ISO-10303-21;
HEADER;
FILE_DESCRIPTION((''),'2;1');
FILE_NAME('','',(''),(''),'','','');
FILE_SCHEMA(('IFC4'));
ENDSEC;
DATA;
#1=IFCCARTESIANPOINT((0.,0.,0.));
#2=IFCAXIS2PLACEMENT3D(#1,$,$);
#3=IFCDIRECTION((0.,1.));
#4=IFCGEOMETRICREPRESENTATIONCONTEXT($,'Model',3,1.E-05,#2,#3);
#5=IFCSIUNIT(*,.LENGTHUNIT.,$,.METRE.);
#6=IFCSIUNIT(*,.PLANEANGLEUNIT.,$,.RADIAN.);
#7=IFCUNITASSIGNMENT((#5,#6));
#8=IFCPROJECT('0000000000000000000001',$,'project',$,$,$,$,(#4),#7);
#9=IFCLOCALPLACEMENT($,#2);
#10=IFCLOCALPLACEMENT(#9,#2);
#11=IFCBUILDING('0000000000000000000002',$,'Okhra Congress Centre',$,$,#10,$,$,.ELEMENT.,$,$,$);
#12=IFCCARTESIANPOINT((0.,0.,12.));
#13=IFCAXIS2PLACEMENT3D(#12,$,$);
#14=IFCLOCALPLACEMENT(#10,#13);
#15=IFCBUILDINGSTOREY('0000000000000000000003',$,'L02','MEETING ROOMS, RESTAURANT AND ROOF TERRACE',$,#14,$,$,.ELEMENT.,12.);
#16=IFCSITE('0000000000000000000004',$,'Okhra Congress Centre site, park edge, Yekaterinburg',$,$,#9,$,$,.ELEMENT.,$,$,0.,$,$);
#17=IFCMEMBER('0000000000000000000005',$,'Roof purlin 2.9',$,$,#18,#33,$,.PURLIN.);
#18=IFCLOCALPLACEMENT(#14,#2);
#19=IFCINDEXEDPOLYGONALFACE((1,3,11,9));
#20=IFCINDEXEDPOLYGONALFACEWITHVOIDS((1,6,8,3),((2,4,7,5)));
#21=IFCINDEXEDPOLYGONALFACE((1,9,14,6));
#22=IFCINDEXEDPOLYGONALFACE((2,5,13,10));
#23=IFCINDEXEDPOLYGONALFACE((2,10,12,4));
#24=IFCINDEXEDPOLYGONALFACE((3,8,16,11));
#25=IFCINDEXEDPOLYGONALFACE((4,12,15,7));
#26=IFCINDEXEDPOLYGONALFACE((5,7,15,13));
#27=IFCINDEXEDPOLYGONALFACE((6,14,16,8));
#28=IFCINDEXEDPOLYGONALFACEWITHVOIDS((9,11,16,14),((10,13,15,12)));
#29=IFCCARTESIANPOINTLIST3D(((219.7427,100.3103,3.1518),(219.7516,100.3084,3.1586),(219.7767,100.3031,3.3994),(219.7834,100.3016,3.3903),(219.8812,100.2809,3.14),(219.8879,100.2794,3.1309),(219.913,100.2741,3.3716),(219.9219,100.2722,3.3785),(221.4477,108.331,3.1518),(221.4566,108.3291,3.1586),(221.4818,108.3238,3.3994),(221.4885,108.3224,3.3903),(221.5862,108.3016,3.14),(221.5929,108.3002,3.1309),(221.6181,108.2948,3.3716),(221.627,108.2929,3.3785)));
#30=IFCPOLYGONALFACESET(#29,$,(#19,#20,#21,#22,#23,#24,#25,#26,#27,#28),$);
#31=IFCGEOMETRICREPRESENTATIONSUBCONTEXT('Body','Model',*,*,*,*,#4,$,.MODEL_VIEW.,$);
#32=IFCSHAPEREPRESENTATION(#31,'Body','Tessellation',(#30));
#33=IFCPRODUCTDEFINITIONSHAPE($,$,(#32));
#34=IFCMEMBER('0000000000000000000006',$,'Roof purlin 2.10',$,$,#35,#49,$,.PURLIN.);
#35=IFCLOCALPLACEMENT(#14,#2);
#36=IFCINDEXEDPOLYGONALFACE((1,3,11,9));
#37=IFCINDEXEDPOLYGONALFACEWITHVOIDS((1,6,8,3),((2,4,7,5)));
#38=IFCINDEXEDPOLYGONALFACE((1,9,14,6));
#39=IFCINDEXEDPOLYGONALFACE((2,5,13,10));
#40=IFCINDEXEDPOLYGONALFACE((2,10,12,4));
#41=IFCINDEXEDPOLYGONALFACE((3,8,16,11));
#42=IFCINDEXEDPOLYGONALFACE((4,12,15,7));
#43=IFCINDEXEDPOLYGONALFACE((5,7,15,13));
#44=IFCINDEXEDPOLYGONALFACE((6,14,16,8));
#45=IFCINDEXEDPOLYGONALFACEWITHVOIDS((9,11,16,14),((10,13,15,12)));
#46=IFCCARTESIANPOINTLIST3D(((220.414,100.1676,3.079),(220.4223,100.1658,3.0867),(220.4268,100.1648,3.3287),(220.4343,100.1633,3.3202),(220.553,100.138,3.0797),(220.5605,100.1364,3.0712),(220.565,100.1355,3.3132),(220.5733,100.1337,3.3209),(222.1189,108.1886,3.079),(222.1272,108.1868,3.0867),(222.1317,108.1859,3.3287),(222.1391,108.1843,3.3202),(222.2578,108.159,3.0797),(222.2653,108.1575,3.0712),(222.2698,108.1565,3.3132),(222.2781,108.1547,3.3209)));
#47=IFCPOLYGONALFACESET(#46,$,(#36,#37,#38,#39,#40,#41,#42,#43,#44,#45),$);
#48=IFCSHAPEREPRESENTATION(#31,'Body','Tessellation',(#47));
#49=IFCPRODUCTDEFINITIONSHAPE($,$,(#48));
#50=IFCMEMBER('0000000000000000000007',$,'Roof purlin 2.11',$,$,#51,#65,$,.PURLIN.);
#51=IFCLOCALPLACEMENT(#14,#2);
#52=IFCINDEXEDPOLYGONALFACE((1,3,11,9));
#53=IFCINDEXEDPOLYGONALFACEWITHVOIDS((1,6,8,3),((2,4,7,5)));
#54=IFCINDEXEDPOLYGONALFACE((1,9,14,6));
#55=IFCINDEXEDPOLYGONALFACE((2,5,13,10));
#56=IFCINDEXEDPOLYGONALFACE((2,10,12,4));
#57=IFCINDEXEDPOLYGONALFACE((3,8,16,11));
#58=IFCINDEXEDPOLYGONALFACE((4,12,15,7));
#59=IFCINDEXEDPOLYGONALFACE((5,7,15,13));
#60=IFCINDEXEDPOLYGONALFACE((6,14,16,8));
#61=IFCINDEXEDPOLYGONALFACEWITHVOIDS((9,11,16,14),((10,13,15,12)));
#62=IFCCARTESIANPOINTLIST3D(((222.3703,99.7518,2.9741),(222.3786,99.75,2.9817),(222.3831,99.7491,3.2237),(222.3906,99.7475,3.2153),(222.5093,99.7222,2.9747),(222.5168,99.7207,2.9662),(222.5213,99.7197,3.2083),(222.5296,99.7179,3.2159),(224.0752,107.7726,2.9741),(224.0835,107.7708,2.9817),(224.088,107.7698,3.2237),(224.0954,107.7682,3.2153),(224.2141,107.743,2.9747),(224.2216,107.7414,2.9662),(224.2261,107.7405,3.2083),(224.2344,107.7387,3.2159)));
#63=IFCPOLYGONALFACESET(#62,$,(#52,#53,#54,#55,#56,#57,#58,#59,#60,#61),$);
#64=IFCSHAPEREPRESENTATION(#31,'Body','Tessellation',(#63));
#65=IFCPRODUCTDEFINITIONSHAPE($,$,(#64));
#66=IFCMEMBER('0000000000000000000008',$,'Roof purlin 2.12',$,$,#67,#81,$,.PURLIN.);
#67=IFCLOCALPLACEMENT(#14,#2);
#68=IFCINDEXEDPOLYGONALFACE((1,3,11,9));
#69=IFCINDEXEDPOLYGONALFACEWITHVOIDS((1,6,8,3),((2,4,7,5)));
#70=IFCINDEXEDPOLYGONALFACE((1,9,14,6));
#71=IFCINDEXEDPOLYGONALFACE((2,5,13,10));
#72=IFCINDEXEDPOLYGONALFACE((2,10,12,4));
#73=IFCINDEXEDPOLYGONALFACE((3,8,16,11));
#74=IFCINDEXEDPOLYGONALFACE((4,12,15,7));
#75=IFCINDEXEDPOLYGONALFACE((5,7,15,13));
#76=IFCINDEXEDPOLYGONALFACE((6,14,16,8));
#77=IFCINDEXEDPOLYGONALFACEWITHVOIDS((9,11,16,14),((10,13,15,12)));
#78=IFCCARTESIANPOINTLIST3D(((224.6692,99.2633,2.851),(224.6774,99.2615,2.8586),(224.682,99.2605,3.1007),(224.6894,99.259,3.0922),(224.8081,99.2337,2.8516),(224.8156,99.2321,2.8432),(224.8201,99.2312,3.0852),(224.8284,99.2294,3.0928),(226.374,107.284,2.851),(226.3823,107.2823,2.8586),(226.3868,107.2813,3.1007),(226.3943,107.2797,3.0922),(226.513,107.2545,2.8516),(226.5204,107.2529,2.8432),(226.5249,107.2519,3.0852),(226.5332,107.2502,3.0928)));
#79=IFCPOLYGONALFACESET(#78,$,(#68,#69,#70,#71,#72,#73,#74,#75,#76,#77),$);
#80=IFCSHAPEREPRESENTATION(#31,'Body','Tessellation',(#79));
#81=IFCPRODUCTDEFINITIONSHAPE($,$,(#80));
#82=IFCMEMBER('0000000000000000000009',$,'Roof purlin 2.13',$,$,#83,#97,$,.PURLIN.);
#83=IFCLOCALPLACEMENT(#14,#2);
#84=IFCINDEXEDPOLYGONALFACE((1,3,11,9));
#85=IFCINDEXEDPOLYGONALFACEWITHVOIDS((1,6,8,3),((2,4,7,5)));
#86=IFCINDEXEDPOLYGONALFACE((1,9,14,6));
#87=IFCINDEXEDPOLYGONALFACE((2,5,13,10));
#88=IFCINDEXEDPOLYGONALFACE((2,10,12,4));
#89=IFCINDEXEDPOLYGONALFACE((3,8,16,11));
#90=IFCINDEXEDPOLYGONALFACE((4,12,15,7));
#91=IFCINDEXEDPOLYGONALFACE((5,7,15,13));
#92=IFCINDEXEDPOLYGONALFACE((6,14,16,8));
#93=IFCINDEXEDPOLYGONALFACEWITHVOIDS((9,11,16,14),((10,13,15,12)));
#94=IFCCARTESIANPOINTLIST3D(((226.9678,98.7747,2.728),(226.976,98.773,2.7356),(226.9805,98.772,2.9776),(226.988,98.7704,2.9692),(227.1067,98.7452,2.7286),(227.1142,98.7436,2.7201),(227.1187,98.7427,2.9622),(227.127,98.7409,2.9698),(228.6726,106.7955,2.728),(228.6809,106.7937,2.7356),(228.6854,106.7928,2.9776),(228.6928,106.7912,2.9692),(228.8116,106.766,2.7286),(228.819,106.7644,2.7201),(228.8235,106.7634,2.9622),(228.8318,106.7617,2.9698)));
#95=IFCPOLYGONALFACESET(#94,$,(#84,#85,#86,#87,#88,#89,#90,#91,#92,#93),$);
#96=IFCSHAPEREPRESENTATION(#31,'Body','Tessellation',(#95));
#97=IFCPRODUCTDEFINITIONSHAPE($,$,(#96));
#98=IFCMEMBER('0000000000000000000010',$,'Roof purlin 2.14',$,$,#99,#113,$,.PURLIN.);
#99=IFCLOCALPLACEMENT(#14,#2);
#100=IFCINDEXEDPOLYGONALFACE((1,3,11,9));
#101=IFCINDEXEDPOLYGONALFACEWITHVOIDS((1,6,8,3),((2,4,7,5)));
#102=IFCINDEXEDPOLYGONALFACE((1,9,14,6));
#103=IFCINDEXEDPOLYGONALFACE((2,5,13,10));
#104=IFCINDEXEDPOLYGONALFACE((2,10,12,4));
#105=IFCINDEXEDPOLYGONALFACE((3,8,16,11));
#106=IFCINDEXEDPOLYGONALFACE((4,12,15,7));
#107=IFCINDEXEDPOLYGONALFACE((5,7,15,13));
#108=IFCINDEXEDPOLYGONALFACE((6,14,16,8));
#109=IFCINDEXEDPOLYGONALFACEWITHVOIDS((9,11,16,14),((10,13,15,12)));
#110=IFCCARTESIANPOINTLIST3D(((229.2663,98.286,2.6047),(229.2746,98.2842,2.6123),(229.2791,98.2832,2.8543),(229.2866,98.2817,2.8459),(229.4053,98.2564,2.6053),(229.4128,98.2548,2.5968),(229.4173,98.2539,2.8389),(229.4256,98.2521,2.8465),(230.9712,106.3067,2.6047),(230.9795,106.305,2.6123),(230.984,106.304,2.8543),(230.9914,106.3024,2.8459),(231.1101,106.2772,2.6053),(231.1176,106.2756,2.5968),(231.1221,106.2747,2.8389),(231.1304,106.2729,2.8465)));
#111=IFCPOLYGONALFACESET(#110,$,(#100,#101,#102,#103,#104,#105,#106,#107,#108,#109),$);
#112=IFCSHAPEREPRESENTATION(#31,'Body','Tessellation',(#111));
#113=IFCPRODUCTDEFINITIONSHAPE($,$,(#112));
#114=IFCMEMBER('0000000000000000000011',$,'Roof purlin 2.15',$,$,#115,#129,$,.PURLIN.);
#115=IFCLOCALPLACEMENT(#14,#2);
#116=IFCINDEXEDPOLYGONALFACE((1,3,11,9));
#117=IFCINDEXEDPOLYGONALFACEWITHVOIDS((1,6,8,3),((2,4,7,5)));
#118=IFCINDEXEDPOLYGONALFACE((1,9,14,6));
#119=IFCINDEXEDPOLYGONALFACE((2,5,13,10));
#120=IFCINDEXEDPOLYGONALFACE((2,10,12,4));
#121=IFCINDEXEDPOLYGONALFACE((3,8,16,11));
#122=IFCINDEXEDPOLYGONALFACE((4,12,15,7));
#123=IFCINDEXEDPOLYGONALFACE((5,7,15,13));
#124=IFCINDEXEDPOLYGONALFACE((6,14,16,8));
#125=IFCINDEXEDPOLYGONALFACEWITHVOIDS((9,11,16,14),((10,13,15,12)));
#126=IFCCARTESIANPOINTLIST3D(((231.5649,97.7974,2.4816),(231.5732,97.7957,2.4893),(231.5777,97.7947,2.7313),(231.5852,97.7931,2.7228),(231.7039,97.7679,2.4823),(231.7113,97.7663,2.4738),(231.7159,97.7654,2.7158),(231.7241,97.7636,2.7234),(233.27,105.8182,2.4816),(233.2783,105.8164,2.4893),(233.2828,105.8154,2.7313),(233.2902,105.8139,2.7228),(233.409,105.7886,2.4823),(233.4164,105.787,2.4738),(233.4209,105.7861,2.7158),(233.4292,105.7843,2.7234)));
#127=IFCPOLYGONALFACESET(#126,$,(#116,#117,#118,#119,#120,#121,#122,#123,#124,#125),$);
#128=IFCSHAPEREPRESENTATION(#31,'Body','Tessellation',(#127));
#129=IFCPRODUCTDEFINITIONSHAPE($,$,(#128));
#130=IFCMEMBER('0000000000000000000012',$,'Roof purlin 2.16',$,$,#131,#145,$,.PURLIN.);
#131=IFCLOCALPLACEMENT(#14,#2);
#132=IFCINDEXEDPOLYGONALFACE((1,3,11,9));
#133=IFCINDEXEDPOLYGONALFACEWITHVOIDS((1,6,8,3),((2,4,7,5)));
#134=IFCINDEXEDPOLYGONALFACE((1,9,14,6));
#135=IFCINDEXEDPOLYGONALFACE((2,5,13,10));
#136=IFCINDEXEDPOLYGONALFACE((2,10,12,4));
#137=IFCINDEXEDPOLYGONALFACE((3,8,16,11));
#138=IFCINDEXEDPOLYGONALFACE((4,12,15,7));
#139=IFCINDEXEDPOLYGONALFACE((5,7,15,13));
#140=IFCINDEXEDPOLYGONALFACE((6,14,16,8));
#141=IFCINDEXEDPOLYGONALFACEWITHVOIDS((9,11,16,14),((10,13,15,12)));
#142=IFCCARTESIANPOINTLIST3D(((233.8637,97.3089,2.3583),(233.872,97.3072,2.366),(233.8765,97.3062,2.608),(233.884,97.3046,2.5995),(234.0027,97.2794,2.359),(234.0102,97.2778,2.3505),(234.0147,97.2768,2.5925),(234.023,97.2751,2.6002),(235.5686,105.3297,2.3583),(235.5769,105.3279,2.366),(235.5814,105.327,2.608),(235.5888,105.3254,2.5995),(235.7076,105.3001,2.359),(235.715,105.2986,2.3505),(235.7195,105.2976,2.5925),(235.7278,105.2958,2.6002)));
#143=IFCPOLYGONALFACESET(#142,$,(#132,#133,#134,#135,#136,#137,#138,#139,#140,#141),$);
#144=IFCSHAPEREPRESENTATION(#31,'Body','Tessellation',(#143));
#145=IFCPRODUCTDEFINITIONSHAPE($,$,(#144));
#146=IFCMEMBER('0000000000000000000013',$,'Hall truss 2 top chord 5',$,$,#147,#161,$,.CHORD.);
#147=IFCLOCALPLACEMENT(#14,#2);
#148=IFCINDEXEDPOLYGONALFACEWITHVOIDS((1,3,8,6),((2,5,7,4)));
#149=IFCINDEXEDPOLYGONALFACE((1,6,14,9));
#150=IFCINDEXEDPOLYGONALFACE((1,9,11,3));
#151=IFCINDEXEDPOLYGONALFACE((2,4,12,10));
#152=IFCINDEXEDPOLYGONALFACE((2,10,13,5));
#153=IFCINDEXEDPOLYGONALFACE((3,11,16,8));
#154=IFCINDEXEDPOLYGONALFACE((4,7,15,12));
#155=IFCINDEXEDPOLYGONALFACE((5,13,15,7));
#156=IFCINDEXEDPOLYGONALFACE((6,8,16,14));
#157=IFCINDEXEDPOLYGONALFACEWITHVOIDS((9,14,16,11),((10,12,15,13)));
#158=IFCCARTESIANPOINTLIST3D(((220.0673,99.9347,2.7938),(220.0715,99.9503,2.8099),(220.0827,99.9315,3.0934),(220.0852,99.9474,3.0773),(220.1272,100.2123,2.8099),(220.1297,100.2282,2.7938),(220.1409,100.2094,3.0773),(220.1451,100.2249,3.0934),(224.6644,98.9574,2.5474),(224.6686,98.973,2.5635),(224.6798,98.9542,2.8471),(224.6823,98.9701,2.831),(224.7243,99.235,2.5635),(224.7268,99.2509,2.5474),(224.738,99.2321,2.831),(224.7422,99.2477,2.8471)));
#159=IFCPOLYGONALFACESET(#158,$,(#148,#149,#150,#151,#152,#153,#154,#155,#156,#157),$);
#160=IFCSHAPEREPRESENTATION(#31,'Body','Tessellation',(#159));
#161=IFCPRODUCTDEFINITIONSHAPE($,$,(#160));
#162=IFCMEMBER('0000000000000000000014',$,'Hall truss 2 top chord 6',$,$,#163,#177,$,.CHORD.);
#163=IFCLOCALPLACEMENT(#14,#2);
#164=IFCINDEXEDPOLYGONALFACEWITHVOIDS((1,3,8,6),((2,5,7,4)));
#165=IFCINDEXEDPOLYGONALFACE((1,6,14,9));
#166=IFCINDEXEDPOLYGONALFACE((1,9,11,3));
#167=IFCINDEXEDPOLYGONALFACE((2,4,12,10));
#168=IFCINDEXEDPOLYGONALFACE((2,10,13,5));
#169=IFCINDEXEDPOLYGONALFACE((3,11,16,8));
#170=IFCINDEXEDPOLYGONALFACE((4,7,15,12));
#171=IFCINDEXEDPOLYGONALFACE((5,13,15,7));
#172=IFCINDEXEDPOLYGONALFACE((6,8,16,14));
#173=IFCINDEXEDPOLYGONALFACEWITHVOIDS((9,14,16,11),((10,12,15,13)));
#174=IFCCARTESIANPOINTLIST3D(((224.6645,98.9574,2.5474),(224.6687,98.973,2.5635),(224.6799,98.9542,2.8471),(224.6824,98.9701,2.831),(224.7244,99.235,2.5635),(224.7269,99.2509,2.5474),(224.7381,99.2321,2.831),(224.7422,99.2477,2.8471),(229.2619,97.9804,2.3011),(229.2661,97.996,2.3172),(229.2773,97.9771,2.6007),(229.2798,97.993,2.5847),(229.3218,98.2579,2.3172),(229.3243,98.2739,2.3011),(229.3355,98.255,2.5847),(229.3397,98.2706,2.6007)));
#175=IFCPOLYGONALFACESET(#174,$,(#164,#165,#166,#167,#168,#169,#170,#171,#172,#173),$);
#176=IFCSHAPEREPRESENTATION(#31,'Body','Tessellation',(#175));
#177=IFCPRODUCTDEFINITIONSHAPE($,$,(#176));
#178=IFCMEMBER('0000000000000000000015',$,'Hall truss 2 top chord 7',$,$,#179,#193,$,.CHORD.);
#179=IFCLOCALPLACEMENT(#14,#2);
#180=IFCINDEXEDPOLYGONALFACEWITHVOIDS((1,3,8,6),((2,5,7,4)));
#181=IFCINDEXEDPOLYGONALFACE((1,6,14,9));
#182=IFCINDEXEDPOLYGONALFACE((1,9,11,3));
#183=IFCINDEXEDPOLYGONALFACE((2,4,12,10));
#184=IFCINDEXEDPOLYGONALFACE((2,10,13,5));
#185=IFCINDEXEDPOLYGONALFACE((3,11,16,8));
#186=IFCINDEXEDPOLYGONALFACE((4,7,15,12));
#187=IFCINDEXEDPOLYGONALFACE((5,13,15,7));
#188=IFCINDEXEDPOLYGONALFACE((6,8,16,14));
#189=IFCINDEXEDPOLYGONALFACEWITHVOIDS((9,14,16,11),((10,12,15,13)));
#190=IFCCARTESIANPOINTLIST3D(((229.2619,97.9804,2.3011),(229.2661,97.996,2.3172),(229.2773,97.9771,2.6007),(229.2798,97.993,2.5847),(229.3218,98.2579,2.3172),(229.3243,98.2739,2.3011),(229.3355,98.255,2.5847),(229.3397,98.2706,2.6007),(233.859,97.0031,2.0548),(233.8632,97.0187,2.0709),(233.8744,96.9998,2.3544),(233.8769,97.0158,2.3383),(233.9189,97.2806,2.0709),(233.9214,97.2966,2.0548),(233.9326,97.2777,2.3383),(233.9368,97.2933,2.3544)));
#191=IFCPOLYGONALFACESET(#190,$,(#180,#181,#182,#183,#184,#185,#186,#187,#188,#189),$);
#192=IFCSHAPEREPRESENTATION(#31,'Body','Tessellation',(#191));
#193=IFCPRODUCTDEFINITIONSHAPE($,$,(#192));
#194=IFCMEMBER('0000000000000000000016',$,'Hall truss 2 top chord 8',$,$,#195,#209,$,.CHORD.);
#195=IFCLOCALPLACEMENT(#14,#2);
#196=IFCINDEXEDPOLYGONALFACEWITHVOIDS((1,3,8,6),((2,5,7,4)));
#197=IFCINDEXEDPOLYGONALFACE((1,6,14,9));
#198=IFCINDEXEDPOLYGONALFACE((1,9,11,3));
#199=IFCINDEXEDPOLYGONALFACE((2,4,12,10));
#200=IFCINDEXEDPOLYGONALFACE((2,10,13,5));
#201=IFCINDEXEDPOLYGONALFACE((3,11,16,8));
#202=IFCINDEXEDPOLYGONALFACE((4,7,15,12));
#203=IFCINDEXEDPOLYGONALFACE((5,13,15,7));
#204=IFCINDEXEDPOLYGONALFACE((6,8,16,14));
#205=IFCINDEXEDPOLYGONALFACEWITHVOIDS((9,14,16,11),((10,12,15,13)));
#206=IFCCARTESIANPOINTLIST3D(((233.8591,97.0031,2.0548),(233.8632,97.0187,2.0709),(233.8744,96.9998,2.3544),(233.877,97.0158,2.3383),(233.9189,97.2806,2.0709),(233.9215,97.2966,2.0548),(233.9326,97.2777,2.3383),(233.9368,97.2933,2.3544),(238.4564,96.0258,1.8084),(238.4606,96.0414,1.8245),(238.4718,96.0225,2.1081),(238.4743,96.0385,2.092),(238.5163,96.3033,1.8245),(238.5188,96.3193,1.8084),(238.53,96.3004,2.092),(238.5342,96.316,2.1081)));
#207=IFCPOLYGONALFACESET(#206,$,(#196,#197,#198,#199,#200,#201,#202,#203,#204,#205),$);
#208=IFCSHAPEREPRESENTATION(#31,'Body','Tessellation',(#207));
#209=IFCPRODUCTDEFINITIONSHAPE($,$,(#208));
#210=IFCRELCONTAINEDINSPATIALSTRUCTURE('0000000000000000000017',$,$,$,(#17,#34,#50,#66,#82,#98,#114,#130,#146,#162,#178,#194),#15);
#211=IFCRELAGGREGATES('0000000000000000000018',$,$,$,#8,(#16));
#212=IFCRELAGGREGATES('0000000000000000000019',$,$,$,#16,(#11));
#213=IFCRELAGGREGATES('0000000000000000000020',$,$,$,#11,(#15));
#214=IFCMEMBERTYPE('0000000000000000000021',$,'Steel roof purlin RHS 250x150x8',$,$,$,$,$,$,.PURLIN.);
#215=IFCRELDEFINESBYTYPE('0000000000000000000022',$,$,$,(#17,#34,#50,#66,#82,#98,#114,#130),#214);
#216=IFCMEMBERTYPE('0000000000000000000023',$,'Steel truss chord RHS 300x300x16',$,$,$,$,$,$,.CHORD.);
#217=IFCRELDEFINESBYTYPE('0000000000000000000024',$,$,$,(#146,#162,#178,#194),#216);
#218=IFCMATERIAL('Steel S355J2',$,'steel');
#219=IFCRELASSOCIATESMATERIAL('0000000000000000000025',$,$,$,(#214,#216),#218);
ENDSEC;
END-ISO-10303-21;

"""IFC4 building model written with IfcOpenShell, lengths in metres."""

from ifc_helpers import new_model, si_unit, direction, frame, origin, origin_2d, place, context, subcontext, project, spatial, hollow_rectangle, extrude, material, material_profile, profile_set, type_object, element, save


model = new_model("IFC4")

# Units and contexts
model_context = context("Model", 3, precision=1e-05, world=origin(), true_north=direction((0.0, 1.0)))
body_context = subcontext(model_context, "Body", "Model", "MODEL_VIEW")
ifc_project = project(units=[si_unit("LENGTHUNIT", "METRE"), si_unit("PLANEANGLEUNIT", "RADIAN")], contexts=[model_context])

# Site, building, storey
site_placement = place(None, origin())
site = spatial("IfcSite", under=ifc_project, at=site_placement, Name="Okhra Congress Centre site, park edge, Yekaterinburg", CompositionType="ELEMENT", RefElevation=0.0)
building_placement = place(site_placement, origin())
building = spatial("IfcBuilding", under=site, at=building_placement, Name="Okhra Congress Centre", CompositionType="ELEMENT")
storey_placement = place(building_placement, frame((0.0, 0.0, 12.0)))
storey = spatial("IfcBuildingStorey", under=building, at=storey_placement, Name="L02", Description="MEETING ROOMS, RESTAURANT AND ROOF TERRACE", CompositionType="ELEMENT", Elevation=12.0)

# Members
ifc_material_1 = material(Name="Steel S355J2", Category="steel")
ifc_material_profile_1 = material_profile(ifc_material_1, hollow_rectangle(XDim=0.1499, YDim=0.25, WallThickness=0.0081, at=origin_2d()), Name="RHS 250x150x8")
ifc_profile_set_1 = profile_set([ifc_material_profile_1], Name="Steel S355J2")
member_type_1 = type_object("IfcMemberType", Name="Steel roof purlin RHS 250x150x8", PredefinedType="PURLIN", material=ifc_profile_set_1)
member_1_placement = place(storey_placement, frame((219.8323, 100.2913, 3.2651), z_axis=(0.207937, 0.978142, 0.0), x_axis=(-0.968623, 0.205913, 0.139173)))
element("IfcMember", 1, at=member_1_placement, inside=storey, type_object=member_type_1, Name="Roof purlin 2.9", PredefinedType="PURLIN", context=body_context, shape_type="SweptSolid", body=[
    extrude(hollow_rectangle(XDim=0.1499, YDim=0.25, WallThickness=0.0081, at=origin_2d()), origin(), (0.0, 0.0, 1.0), 8.2),
])
member_2_placement = place(storey_placement, frame((220.4937, 100.1506, 3.2), z_axis=(0.207902, 0.97815, 0.0), x_axis=(-0.976809, 0.207617, 0.052336)))
element("IfcMember", 2, at=member_2_placement, inside=storey, type_object=member_type_1, Name="Roof purlin 2.10", PredefinedType="PURLIN", context=body_context, shape_type="SweptSolid", body=[
    extrude(hollow_rectangle(XDim=0.1499, YDim=0.25, WallThickness=0.0081, at=origin_2d()), origin(), (0.0, 0.0, 1.0), 8.2002),
])
for number, where, z_axis, x_axis, name in (
    (3, (222.45, 99.7349, 3.095), (0.207908, 0.978148, 0.0), (-0.976808, 0.207623, 0.052336), "Roof purlin 2.11"),
    (4, (224.7488, 99.2463, 2.9719), (0.207908, 0.978148, 0.0), (-0.976808, 0.207623, 0.052336), "Roof purlin 2.12"),
    (5, (227.0474, 98.7578, 2.8489), (0.207908, 0.978148, 0.0), (-0.976808, 0.207623, 0.052336), "Roof purlin 2.13"),
    (6, (229.3459, 98.269, 2.7256), (0.207908, 0.978148, 0.0), (-0.976808, 0.207623, 0.052336), "Roof purlin 2.14"),
    (7, (231.6445, 97.7805, 2.6025), (0.207937, 0.978142, 0.0), (-0.976802, 0.207652, 0.052336), "Roof purlin 2.15"),
    (8, (233.9434, 97.292, 2.4792), (0.207908, 0.978148, 0.0), (-0.976808, 0.207623, 0.052336), "Roof purlin 2.16"),
):
    element("IfcMember", number, at=place(storey_placement, frame(where, z_axis=z_axis, x_axis=x_axis)), inside=storey, type_object=member_type_1, Name=name, PredefinedType="PURLIN", context=body_context, shape_type="SweptSolid", body=[
        extrude(hollow_rectangle(XDim=0.1499, YDim=0.25, WallThickness=0.0081, at=origin_2d()), origin(), (0.0, 0.0, 1.0), 8.2),
    ])
ifc_material_profile_2 = material_profile(ifc_material_1, hollow_rectangle(XDim=0.3, YDim=0.3, WallThickness=0.0161, at=origin_2d()), Name="RHS 300x300x16")
ifc_profile_set_2 = profile_set([ifc_material_profile_2], Name="Steel S355J2")
member_type_2 = type_object("IfcMemberType", Name="Steel truss chord RHS 300x300x16", PredefinedType="CHORD", material=ifc_profile_set_2)
member_3_placement = place(storey_placement, frame((220.1062, 100.0798, 2.9436), z_axis=(0.976801, -0.207654, -0.052342), x_axis=(0.20794, 0.978142, 0.0)))
element("IfcMember", 9, at=member_3_placement, inside=storey, type_object=member_type_2, Name="Hall truss 2 top chord 5", PredefinedType="CHORD", context=body_context, shape_type="SweptSolid", body=[
    extrude(hollow_rectangle(XDim=0.3, YDim=0.3, WallThickness=0.0161, at=origin_2d()), origin(), (0.0, 0.0, 1.0), 4.7063),
])
member_4_placement = place(storey_placement, frame((224.7034, 99.1025, 2.6973), z_axis=(0.976814, -0.207594, -0.052339), x_axis=(0.207879, 0.978154, 0.0)))
element("IfcMember", 10, at=member_4_placement, inside=storey, type_object=member_type_2, Name="Hall truss 2 top chord 6", PredefinedType="CHORD", context=body_context, shape_type="SweptSolid", body=[
    extrude(hollow_rectangle(XDim=0.3, YDim=0.3, WallThickness=0.0161, at=origin_2d()), origin(), (0.0, 0.0, 1.0), 4.7065),
])
member_5_placement = place(storey_placement, frame((229.3008, 98.1255, 2.4509), z_axis=(0.976801, -0.207654, -0.052342), x_axis=(0.20794, 0.978142, 0.0)))
element("IfcMember", 11, at=member_5_placement, inside=storey, type_object=member_type_2, Name="Hall truss 2 top chord 7", PredefinedType="CHORD", context=body_context, shape_type="SweptSolid", body=[
    extrude(hollow_rectangle(XDim=0.3, YDim=0.3, WallThickness=0.0161, at=origin_2d()), origin(), (0.0, 0.0, 1.0), 4.7063),
])
member_6_placement = place(storey_placement, frame((233.8979, 97.1482, 2.2046), z_axis=(0.976803, -0.207644, -0.052339), x_axis=(0.207929, 0.978144, 0.0)))
element("IfcMember", 12, at=member_6_placement, inside=storey, type_object=member_type_2, Name="Hall truss 2 top chord 8", PredefinedType="CHORD", context=body_context, shape_type="SweptSolid", body=[
    extrude(hollow_rectangle(XDim=0.3, YDim=0.3, WallThickness=0.0161, at=origin_2d()), origin(), (0.0, 0.0, 1.0), 4.7065),
])

save(model, "model.ifc")
